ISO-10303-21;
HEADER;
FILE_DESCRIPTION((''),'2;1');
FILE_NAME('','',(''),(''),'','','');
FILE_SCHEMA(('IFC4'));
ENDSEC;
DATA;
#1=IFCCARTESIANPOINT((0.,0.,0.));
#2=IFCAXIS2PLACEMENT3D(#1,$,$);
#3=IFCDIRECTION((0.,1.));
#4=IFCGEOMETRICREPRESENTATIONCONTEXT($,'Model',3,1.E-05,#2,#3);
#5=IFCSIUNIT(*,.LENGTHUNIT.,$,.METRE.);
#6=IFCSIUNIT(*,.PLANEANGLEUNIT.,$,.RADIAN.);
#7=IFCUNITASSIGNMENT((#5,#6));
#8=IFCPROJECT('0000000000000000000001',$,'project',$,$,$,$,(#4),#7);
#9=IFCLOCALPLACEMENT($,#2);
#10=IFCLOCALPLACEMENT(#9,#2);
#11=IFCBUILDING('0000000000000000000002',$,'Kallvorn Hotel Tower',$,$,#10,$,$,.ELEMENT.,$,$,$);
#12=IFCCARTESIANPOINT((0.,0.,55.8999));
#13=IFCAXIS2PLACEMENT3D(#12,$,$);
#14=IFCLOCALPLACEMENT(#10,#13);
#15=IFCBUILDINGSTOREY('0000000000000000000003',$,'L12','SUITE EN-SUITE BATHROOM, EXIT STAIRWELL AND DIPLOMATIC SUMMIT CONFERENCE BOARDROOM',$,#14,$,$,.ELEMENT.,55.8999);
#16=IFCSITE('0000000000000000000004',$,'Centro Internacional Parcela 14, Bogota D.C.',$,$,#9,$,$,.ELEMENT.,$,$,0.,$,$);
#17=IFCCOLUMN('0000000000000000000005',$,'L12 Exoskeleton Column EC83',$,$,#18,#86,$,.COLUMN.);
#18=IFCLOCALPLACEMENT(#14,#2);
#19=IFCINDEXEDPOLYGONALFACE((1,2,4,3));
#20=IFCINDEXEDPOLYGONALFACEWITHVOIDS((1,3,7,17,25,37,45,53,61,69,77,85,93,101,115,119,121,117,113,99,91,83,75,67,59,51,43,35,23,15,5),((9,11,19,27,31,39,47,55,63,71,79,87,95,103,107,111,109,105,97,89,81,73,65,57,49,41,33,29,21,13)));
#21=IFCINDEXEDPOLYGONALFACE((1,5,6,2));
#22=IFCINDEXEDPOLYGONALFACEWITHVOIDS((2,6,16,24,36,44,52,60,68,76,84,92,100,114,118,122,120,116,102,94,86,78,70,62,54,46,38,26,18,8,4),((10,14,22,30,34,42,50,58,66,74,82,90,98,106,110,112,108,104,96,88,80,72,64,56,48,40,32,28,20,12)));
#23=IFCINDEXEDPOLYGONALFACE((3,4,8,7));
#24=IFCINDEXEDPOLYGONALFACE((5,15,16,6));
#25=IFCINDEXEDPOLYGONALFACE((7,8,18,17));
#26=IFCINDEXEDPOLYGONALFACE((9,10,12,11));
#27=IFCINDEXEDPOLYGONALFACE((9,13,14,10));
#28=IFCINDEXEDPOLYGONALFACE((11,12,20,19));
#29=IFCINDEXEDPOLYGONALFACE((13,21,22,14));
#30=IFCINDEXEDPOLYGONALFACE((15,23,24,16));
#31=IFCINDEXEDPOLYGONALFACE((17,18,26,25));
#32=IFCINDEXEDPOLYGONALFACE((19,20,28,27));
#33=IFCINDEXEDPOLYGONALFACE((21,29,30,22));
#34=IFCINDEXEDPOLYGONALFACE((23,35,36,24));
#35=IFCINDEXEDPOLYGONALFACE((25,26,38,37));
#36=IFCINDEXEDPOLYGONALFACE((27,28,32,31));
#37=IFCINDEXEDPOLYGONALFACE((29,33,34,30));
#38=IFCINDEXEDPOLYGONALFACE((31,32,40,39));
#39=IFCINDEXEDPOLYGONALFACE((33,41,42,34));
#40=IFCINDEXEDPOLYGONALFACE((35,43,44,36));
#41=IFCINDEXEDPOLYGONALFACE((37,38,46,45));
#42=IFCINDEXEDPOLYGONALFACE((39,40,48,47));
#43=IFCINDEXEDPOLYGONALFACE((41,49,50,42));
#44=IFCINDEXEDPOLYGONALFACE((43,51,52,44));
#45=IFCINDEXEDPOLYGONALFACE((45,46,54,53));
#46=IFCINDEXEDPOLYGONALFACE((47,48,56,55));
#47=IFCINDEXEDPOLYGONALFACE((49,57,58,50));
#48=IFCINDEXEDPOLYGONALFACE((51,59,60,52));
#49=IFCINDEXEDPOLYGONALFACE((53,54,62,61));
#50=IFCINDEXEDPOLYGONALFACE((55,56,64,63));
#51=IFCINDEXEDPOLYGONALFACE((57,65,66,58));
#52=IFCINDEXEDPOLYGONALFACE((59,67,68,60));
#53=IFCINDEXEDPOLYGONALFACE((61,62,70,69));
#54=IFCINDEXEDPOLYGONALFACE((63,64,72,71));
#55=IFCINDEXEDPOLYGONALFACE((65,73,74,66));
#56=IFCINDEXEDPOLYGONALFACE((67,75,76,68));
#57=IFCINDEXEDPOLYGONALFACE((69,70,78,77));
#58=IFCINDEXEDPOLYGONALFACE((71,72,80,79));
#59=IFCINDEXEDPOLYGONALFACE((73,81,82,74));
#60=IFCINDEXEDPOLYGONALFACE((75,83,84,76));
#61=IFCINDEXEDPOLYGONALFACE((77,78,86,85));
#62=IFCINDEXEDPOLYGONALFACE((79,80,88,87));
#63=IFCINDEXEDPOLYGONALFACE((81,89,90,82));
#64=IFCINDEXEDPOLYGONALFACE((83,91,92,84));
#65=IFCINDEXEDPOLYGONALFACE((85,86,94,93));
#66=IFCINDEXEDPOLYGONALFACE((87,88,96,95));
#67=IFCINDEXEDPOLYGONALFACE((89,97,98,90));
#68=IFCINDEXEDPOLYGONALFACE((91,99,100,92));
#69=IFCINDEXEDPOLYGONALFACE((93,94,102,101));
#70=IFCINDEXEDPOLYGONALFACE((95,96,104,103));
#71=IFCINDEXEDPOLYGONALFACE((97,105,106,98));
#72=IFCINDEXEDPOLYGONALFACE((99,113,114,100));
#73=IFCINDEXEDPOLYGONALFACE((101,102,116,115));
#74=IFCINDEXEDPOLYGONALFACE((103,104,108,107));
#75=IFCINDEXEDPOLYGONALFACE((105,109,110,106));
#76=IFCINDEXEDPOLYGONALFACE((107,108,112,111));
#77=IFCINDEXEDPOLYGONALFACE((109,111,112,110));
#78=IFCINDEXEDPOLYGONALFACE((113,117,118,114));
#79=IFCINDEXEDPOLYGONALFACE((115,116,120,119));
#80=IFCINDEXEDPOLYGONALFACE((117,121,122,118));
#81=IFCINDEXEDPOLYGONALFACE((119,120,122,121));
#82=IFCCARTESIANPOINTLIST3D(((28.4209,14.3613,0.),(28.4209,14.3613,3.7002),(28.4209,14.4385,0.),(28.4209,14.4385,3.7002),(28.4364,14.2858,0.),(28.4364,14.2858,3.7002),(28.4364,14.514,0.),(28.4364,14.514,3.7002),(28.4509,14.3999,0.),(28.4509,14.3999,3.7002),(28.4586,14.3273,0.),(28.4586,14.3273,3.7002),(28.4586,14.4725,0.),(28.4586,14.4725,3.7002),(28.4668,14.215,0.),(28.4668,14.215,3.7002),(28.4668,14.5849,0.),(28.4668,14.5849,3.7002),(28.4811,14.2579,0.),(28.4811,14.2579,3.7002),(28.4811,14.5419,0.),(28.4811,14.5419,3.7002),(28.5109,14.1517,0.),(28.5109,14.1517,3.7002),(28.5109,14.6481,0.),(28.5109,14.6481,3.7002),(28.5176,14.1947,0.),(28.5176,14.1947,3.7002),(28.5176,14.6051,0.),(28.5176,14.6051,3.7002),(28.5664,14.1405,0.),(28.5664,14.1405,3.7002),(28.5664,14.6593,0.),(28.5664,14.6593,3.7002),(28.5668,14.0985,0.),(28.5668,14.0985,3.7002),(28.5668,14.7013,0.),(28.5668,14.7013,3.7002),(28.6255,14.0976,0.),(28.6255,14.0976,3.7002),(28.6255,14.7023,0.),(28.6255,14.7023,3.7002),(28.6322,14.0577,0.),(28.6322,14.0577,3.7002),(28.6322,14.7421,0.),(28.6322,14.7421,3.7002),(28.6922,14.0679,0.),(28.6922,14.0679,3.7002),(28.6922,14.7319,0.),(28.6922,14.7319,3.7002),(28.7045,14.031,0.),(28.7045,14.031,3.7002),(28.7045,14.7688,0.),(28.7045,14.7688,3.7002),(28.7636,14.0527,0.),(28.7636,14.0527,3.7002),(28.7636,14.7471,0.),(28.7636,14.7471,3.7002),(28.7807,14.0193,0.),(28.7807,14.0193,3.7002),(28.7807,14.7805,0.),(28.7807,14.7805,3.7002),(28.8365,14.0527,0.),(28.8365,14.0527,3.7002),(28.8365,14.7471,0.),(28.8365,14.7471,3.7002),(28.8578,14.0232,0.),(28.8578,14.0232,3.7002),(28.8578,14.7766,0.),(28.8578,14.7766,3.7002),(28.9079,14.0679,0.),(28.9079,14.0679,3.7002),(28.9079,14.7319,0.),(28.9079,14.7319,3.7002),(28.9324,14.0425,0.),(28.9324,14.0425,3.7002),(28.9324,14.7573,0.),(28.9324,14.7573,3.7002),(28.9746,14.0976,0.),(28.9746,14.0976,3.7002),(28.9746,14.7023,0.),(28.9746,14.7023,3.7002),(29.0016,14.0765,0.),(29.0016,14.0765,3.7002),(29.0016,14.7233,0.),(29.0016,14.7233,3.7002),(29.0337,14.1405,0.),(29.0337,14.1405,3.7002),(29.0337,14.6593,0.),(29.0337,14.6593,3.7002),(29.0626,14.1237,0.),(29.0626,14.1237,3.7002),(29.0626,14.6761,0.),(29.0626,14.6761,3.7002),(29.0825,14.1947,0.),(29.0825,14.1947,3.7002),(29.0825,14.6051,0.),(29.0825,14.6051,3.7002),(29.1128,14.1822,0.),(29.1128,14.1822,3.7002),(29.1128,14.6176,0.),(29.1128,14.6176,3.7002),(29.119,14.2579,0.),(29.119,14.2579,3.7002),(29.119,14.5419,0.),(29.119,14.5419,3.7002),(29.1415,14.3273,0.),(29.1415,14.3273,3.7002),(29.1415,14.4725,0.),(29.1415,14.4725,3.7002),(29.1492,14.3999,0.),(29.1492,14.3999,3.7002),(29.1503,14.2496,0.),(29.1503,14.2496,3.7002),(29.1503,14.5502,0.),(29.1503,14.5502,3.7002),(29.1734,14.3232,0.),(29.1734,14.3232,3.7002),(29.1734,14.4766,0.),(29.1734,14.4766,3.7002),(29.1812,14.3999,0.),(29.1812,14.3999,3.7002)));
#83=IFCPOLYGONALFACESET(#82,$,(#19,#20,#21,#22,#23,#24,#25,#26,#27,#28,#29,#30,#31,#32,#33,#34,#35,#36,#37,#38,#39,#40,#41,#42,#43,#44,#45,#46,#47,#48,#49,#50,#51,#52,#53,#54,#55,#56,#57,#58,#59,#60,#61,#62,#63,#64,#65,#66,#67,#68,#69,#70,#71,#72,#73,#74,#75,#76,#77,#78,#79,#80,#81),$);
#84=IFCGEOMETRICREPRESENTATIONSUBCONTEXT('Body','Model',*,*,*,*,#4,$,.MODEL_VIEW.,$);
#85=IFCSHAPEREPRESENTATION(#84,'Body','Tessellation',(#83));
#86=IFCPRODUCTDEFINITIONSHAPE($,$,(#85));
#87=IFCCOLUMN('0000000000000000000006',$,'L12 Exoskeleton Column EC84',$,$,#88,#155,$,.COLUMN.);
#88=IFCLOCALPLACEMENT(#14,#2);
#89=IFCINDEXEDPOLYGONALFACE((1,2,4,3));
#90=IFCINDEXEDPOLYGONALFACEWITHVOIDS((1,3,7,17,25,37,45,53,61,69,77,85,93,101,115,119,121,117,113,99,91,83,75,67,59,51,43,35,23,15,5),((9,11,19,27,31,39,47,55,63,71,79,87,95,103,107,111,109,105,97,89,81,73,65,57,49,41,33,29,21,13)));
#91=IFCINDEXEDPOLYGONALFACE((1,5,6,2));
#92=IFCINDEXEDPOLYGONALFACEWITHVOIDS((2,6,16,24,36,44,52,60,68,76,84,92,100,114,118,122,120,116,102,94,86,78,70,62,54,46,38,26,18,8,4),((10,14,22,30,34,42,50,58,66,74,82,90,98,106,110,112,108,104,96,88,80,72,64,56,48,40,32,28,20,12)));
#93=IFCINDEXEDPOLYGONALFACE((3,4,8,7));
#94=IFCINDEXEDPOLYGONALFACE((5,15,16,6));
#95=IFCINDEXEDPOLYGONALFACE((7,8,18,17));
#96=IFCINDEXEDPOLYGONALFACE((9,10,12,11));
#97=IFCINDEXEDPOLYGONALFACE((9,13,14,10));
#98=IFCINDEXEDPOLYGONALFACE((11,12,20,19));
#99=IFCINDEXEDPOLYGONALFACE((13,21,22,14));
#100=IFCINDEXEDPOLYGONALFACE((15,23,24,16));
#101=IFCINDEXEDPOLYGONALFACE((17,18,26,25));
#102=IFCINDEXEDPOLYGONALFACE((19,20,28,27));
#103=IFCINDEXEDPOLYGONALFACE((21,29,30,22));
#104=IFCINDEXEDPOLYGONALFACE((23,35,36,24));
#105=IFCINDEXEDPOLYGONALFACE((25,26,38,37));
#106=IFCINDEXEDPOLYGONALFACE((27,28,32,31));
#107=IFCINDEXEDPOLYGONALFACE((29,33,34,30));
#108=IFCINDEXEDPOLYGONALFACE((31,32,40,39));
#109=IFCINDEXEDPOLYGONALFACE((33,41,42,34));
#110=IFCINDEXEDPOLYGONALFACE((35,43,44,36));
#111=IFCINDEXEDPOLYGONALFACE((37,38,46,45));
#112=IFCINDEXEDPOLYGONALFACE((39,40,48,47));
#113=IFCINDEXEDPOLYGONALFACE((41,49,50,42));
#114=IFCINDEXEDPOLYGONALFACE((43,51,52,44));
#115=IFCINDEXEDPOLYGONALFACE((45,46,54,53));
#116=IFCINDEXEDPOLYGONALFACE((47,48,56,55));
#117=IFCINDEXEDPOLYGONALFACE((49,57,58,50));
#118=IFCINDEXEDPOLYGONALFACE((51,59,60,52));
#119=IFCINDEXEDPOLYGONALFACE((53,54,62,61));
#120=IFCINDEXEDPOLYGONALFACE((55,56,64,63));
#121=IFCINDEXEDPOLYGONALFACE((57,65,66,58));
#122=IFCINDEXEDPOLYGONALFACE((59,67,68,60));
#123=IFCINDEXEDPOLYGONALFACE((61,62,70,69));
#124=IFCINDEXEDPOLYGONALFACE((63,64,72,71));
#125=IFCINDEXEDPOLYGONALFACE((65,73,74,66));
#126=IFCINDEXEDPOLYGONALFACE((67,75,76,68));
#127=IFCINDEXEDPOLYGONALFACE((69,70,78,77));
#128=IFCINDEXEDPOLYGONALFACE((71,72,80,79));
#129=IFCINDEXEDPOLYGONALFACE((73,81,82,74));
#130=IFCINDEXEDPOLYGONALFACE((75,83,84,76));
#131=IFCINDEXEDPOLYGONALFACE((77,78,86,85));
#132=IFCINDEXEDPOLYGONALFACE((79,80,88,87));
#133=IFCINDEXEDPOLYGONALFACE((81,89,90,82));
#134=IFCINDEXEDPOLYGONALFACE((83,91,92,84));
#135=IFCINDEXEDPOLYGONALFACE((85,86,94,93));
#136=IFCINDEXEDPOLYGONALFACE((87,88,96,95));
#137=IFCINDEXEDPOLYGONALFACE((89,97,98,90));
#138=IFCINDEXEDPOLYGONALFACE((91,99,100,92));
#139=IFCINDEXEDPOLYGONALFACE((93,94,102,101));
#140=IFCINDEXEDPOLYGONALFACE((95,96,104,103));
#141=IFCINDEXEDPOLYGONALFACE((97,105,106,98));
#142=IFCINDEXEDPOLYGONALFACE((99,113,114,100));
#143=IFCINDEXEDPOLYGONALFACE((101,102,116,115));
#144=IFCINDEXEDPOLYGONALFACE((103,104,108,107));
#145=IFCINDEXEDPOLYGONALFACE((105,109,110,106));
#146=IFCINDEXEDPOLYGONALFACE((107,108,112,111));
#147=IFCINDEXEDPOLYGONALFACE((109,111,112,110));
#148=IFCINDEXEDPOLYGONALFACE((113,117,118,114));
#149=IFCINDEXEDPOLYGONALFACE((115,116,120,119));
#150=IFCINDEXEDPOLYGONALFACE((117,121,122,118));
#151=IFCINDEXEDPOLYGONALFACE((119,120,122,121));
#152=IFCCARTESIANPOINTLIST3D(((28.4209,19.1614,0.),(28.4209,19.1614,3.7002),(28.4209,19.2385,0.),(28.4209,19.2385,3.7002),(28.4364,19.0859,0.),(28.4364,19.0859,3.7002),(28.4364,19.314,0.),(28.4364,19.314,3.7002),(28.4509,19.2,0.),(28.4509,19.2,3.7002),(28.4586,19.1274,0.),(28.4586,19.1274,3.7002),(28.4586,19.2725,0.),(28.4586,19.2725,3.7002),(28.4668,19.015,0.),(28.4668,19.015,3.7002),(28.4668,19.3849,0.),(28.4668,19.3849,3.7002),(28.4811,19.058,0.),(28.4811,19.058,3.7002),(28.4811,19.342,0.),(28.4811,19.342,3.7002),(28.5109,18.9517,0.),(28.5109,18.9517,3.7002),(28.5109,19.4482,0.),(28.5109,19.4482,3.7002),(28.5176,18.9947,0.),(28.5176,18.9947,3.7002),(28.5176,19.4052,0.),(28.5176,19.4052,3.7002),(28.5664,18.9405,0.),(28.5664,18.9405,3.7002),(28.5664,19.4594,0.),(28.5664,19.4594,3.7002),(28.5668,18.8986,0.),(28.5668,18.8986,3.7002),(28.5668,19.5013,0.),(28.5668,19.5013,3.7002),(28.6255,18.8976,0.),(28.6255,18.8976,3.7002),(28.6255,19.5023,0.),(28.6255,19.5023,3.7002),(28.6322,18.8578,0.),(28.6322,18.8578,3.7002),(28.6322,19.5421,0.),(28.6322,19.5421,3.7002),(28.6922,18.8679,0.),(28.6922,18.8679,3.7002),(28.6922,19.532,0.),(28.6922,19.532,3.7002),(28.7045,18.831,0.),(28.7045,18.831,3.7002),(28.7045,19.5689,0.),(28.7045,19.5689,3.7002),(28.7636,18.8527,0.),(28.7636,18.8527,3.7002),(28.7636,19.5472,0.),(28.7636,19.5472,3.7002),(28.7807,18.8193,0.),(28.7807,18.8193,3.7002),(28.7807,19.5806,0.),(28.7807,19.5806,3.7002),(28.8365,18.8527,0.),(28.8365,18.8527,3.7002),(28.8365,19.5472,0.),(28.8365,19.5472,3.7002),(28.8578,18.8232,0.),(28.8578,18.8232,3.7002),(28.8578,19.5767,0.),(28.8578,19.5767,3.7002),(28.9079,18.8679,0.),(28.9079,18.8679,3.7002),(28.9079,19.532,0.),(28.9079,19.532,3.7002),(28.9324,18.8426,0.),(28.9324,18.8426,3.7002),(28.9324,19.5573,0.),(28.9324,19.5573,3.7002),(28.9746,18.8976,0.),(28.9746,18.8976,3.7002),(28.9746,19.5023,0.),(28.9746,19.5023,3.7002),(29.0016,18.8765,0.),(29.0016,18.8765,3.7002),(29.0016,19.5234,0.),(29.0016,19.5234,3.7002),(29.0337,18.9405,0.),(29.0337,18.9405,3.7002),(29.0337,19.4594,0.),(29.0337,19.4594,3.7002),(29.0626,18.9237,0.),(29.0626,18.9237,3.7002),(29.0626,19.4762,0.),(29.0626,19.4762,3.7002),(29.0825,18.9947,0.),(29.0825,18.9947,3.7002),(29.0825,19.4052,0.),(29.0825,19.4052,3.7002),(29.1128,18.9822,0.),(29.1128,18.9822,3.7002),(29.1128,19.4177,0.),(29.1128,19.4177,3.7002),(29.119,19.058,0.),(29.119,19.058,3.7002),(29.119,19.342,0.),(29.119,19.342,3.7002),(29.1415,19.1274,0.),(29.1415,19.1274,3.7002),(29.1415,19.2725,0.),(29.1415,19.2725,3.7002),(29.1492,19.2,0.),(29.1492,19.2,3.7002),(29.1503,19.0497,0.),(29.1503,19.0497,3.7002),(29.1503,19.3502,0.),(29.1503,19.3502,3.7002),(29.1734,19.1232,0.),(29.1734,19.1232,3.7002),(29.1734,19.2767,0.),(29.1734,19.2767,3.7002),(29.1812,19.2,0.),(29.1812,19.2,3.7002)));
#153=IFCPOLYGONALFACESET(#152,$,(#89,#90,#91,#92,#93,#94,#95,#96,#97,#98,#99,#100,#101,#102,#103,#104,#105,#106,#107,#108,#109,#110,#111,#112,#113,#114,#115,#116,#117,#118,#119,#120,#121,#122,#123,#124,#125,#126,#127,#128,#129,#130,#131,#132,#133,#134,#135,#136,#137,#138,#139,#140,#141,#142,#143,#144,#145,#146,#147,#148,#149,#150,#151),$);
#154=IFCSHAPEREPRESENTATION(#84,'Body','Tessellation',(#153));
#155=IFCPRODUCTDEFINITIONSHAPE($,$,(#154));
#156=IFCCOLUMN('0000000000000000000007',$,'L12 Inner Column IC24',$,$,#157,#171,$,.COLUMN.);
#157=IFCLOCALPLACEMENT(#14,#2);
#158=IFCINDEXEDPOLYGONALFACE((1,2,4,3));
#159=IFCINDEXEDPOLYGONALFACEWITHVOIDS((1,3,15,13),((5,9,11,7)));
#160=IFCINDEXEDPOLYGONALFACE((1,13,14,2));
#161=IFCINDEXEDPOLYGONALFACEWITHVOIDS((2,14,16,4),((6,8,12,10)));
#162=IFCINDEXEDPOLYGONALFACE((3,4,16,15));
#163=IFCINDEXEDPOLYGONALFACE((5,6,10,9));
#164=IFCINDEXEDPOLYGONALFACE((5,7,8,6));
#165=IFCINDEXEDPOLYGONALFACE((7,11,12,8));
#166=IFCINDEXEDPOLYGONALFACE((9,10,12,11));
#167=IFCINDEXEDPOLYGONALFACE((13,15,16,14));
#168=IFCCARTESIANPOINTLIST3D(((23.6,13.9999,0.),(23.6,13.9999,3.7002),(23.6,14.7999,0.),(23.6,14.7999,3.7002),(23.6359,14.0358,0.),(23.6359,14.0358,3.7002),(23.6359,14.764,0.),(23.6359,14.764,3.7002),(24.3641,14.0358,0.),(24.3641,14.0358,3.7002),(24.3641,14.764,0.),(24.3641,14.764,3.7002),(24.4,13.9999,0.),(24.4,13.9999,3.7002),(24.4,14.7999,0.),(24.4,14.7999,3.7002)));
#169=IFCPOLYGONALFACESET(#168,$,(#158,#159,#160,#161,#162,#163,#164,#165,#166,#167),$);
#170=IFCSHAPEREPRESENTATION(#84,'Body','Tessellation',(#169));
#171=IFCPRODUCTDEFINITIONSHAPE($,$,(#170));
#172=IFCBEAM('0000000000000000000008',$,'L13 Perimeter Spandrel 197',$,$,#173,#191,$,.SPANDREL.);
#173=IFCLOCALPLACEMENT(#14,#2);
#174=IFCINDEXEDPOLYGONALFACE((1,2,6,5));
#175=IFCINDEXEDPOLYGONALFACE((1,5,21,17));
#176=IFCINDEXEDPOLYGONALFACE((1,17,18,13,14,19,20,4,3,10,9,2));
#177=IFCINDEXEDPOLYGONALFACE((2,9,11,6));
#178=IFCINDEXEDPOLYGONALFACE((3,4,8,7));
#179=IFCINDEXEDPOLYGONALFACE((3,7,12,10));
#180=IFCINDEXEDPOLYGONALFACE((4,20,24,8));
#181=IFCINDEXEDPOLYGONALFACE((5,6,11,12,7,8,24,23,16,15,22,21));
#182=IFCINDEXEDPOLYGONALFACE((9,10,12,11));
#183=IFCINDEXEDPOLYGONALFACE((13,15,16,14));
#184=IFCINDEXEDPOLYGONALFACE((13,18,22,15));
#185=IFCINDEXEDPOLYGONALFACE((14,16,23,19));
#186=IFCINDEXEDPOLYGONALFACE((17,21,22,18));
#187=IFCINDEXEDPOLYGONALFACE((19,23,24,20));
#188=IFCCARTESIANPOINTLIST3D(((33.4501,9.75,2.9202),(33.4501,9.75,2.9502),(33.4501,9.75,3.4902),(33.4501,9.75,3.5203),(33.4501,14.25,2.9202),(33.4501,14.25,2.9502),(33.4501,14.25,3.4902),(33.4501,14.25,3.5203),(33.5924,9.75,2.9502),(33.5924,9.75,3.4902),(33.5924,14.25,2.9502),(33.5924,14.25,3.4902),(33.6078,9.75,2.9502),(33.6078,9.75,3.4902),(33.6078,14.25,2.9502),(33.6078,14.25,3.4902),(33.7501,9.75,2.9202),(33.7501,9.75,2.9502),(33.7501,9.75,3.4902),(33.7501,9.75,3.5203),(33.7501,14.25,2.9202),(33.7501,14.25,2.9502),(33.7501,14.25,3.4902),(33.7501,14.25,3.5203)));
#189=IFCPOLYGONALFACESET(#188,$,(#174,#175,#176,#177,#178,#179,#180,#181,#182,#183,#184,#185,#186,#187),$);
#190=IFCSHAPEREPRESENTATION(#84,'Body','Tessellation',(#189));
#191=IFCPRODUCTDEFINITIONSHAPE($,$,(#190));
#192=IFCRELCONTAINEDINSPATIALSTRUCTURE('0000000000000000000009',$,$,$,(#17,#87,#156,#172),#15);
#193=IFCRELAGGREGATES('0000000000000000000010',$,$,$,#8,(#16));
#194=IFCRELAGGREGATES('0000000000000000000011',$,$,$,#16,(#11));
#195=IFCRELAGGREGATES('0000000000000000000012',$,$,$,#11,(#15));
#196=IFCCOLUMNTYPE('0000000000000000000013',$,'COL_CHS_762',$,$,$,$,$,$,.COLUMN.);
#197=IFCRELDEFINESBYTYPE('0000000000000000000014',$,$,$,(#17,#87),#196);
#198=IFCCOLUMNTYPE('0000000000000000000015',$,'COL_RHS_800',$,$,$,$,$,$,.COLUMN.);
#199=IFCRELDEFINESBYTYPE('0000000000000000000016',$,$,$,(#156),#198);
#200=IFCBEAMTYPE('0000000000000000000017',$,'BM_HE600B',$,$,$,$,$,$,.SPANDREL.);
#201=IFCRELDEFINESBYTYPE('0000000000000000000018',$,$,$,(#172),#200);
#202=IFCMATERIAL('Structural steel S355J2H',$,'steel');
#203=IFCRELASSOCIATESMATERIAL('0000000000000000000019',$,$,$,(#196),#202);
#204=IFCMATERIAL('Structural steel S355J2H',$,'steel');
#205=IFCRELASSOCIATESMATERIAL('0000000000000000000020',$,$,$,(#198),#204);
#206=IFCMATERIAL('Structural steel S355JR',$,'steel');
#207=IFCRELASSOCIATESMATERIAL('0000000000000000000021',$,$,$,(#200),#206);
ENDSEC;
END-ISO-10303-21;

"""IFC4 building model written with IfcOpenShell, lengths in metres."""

from ifc_helpers import new_model, si_unit, direction, frame, origin, origin_2d, place, context, subcontext, project, spatial, hollow_rectangle, hollow_circle, i_section, extrude, material, material_profile, profile_set, type_object, element, save


model = new_model("IFC4")

# Units and contexts
model_context = context("Model", 3, precision=1e-05, world=origin(), true_north=direction((0.0, 1.0)))
body_context = subcontext(model_context, "Body", "Model", "MODEL_VIEW")
ifc_project = project(units=[si_unit("LENGTHUNIT", "METRE"), si_unit("PLANEANGLEUNIT", "RADIAN")], contexts=[model_context])

# Site, building, storey
site_placement = place(None, origin())
site = spatial("IfcSite", under=ifc_project, at=site_placement, Name="Centro Internacional Parcela 14, Bogota D.C.", CompositionType="ELEMENT", RefElevation=0.0)
building_placement = place(site_placement, origin())
building = spatial("IfcBuilding", under=site, at=building_placement, Name="Kallvorn Hotel Tower", CompositionType="ELEMENT")
storey_placement = place(building_placement, frame((0.0, 0.0, 55.8999)))
storey = spatial("IfcBuildingStorey", under=building, at=storey_placement, Name="L12", Description="SUITE EN-SUITE BATHROOM, EXIT STAIRWELL AND DIPLOMATIC SUMMIT CONFERENCE BOARDROOM", CompositionType="ELEMENT", Elevation=55.8999)

# Columns
ifc_material_1 = material(Name="Structural steel S355J2H", Category="steel")
ifc_material_profile_1 = material_profile(ifc_material_1, hollow_circle(Radius=0.3811, WallThickness=0.032, at=origin_2d()), Name="CHS 762x32")
ifc_profile_set_1 = profile_set([ifc_material_profile_1], Name="Structural steel S355J2H")
column_type_1 = type_object("IfcColumnType", Name="COL_CHS_762", PredefinedType="COLUMN", material=ifc_profile_set_1)
for number, where, z_axis, x_axis, name in (
    (1, (28.8, 14.3999, 0.0), (0.0, 0.0, 1.0), (1.0, 0.0, 0.0), "L12 Exoskeleton Column EC83"),
    (2, (28.8, 19.2, 0.0), (0.0, 0.0, 1.0), (1.0, 0.0, 0.0), "L12 Exoskeleton Column EC84"),
):
    element("IfcColumn", number, at=place(storey_placement, frame(where, z_axis=z_axis, x_axis=x_axis)), inside=storey, type_object=column_type_1, Name=name, PredefinedType="COLUMN", context=body_context, shape_type="SweptSolid", body=[
        extrude(hollow_circle(Radius=0.3811, WallThickness=0.032, at=origin_2d()), origin(), (0.0, 0.0, 1.0), 3.7002),
    ])
ifc_material_2 = material(Name="Structural steel S355J2H", Category="steel")
ifc_material_profile_2 = material_profile(ifc_material_2, hollow_rectangle(XDim=0.8, YDim=0.8, WallThickness=0.0359, at=origin_2d()), Name="RHS 800x800x36")
ifc_profile_set_2 = profile_set([ifc_material_profile_2], Name="Structural steel S355J2H")
column_type_2 = type_object("IfcColumnType", Name="COL_RHS_800", PredefinedType="COLUMN", material=ifc_profile_set_2)
column_placement = place(storey_placement, frame((24.0, 14.3999, 0.0), z_axis=(0.0, 0.0, 1.0), x_axis=(1.0, 0.0, 0.0)))
element("IfcColumn", 3, at=column_placement, inside=storey, type_object=column_type_2, Name="L12 Inner Column IC24", PredefinedType="COLUMN", context=body_context, shape_type="SweptSolid", body=[
    extrude(hollow_rectangle(XDim=0.8, YDim=0.8, WallThickness=0.0359, at=origin_2d()), origin(), (0.0, 0.0, 1.0), 3.7002),
])

# Beam
ifc_material_3 = material(Name="Structural steel S355JR", Category="steel")
ifc_material_profile_3 = material_profile(ifc_material_3, i_section(OverallWidth=0.3, OverallDepth=0.6001, WebThickness=0.0154, FlangeThickness=0.03, at=origin_2d()), Name="HE 600 B")
ifc_profile_set_3 = profile_set([ifc_material_profile_3], Name="Structural steel S355JR")
beam_type_1 = type_object("IfcBeamType", Name="BM_HE600B", PredefinedType="SPANDREL", material=ifc_profile_set_3)
beam_1_placement = place(storey_placement, frame((33.6001, 9.75, 3.2202), z_axis=(0.0, 1.0, 0.0), x_axis=(-1.0, 0.0, 0.0)))
element("IfcBeam", 4, at=beam_1_placement, inside=storey, type_object=beam_type_1, Name="L13 Perimeter Spandrel 197", PredefinedType="SPANDREL", context=body_context, shape_type="SweptSolid", body=[
    extrude(i_section(OverallWidth=0.3, OverallDepth=0.6001, WebThickness=0.0154, FlangeThickness=0.03, at=origin_2d()), origin(), (0.0, 0.0, 1.0), 4.5),
])

save(model, "model.ifc")
